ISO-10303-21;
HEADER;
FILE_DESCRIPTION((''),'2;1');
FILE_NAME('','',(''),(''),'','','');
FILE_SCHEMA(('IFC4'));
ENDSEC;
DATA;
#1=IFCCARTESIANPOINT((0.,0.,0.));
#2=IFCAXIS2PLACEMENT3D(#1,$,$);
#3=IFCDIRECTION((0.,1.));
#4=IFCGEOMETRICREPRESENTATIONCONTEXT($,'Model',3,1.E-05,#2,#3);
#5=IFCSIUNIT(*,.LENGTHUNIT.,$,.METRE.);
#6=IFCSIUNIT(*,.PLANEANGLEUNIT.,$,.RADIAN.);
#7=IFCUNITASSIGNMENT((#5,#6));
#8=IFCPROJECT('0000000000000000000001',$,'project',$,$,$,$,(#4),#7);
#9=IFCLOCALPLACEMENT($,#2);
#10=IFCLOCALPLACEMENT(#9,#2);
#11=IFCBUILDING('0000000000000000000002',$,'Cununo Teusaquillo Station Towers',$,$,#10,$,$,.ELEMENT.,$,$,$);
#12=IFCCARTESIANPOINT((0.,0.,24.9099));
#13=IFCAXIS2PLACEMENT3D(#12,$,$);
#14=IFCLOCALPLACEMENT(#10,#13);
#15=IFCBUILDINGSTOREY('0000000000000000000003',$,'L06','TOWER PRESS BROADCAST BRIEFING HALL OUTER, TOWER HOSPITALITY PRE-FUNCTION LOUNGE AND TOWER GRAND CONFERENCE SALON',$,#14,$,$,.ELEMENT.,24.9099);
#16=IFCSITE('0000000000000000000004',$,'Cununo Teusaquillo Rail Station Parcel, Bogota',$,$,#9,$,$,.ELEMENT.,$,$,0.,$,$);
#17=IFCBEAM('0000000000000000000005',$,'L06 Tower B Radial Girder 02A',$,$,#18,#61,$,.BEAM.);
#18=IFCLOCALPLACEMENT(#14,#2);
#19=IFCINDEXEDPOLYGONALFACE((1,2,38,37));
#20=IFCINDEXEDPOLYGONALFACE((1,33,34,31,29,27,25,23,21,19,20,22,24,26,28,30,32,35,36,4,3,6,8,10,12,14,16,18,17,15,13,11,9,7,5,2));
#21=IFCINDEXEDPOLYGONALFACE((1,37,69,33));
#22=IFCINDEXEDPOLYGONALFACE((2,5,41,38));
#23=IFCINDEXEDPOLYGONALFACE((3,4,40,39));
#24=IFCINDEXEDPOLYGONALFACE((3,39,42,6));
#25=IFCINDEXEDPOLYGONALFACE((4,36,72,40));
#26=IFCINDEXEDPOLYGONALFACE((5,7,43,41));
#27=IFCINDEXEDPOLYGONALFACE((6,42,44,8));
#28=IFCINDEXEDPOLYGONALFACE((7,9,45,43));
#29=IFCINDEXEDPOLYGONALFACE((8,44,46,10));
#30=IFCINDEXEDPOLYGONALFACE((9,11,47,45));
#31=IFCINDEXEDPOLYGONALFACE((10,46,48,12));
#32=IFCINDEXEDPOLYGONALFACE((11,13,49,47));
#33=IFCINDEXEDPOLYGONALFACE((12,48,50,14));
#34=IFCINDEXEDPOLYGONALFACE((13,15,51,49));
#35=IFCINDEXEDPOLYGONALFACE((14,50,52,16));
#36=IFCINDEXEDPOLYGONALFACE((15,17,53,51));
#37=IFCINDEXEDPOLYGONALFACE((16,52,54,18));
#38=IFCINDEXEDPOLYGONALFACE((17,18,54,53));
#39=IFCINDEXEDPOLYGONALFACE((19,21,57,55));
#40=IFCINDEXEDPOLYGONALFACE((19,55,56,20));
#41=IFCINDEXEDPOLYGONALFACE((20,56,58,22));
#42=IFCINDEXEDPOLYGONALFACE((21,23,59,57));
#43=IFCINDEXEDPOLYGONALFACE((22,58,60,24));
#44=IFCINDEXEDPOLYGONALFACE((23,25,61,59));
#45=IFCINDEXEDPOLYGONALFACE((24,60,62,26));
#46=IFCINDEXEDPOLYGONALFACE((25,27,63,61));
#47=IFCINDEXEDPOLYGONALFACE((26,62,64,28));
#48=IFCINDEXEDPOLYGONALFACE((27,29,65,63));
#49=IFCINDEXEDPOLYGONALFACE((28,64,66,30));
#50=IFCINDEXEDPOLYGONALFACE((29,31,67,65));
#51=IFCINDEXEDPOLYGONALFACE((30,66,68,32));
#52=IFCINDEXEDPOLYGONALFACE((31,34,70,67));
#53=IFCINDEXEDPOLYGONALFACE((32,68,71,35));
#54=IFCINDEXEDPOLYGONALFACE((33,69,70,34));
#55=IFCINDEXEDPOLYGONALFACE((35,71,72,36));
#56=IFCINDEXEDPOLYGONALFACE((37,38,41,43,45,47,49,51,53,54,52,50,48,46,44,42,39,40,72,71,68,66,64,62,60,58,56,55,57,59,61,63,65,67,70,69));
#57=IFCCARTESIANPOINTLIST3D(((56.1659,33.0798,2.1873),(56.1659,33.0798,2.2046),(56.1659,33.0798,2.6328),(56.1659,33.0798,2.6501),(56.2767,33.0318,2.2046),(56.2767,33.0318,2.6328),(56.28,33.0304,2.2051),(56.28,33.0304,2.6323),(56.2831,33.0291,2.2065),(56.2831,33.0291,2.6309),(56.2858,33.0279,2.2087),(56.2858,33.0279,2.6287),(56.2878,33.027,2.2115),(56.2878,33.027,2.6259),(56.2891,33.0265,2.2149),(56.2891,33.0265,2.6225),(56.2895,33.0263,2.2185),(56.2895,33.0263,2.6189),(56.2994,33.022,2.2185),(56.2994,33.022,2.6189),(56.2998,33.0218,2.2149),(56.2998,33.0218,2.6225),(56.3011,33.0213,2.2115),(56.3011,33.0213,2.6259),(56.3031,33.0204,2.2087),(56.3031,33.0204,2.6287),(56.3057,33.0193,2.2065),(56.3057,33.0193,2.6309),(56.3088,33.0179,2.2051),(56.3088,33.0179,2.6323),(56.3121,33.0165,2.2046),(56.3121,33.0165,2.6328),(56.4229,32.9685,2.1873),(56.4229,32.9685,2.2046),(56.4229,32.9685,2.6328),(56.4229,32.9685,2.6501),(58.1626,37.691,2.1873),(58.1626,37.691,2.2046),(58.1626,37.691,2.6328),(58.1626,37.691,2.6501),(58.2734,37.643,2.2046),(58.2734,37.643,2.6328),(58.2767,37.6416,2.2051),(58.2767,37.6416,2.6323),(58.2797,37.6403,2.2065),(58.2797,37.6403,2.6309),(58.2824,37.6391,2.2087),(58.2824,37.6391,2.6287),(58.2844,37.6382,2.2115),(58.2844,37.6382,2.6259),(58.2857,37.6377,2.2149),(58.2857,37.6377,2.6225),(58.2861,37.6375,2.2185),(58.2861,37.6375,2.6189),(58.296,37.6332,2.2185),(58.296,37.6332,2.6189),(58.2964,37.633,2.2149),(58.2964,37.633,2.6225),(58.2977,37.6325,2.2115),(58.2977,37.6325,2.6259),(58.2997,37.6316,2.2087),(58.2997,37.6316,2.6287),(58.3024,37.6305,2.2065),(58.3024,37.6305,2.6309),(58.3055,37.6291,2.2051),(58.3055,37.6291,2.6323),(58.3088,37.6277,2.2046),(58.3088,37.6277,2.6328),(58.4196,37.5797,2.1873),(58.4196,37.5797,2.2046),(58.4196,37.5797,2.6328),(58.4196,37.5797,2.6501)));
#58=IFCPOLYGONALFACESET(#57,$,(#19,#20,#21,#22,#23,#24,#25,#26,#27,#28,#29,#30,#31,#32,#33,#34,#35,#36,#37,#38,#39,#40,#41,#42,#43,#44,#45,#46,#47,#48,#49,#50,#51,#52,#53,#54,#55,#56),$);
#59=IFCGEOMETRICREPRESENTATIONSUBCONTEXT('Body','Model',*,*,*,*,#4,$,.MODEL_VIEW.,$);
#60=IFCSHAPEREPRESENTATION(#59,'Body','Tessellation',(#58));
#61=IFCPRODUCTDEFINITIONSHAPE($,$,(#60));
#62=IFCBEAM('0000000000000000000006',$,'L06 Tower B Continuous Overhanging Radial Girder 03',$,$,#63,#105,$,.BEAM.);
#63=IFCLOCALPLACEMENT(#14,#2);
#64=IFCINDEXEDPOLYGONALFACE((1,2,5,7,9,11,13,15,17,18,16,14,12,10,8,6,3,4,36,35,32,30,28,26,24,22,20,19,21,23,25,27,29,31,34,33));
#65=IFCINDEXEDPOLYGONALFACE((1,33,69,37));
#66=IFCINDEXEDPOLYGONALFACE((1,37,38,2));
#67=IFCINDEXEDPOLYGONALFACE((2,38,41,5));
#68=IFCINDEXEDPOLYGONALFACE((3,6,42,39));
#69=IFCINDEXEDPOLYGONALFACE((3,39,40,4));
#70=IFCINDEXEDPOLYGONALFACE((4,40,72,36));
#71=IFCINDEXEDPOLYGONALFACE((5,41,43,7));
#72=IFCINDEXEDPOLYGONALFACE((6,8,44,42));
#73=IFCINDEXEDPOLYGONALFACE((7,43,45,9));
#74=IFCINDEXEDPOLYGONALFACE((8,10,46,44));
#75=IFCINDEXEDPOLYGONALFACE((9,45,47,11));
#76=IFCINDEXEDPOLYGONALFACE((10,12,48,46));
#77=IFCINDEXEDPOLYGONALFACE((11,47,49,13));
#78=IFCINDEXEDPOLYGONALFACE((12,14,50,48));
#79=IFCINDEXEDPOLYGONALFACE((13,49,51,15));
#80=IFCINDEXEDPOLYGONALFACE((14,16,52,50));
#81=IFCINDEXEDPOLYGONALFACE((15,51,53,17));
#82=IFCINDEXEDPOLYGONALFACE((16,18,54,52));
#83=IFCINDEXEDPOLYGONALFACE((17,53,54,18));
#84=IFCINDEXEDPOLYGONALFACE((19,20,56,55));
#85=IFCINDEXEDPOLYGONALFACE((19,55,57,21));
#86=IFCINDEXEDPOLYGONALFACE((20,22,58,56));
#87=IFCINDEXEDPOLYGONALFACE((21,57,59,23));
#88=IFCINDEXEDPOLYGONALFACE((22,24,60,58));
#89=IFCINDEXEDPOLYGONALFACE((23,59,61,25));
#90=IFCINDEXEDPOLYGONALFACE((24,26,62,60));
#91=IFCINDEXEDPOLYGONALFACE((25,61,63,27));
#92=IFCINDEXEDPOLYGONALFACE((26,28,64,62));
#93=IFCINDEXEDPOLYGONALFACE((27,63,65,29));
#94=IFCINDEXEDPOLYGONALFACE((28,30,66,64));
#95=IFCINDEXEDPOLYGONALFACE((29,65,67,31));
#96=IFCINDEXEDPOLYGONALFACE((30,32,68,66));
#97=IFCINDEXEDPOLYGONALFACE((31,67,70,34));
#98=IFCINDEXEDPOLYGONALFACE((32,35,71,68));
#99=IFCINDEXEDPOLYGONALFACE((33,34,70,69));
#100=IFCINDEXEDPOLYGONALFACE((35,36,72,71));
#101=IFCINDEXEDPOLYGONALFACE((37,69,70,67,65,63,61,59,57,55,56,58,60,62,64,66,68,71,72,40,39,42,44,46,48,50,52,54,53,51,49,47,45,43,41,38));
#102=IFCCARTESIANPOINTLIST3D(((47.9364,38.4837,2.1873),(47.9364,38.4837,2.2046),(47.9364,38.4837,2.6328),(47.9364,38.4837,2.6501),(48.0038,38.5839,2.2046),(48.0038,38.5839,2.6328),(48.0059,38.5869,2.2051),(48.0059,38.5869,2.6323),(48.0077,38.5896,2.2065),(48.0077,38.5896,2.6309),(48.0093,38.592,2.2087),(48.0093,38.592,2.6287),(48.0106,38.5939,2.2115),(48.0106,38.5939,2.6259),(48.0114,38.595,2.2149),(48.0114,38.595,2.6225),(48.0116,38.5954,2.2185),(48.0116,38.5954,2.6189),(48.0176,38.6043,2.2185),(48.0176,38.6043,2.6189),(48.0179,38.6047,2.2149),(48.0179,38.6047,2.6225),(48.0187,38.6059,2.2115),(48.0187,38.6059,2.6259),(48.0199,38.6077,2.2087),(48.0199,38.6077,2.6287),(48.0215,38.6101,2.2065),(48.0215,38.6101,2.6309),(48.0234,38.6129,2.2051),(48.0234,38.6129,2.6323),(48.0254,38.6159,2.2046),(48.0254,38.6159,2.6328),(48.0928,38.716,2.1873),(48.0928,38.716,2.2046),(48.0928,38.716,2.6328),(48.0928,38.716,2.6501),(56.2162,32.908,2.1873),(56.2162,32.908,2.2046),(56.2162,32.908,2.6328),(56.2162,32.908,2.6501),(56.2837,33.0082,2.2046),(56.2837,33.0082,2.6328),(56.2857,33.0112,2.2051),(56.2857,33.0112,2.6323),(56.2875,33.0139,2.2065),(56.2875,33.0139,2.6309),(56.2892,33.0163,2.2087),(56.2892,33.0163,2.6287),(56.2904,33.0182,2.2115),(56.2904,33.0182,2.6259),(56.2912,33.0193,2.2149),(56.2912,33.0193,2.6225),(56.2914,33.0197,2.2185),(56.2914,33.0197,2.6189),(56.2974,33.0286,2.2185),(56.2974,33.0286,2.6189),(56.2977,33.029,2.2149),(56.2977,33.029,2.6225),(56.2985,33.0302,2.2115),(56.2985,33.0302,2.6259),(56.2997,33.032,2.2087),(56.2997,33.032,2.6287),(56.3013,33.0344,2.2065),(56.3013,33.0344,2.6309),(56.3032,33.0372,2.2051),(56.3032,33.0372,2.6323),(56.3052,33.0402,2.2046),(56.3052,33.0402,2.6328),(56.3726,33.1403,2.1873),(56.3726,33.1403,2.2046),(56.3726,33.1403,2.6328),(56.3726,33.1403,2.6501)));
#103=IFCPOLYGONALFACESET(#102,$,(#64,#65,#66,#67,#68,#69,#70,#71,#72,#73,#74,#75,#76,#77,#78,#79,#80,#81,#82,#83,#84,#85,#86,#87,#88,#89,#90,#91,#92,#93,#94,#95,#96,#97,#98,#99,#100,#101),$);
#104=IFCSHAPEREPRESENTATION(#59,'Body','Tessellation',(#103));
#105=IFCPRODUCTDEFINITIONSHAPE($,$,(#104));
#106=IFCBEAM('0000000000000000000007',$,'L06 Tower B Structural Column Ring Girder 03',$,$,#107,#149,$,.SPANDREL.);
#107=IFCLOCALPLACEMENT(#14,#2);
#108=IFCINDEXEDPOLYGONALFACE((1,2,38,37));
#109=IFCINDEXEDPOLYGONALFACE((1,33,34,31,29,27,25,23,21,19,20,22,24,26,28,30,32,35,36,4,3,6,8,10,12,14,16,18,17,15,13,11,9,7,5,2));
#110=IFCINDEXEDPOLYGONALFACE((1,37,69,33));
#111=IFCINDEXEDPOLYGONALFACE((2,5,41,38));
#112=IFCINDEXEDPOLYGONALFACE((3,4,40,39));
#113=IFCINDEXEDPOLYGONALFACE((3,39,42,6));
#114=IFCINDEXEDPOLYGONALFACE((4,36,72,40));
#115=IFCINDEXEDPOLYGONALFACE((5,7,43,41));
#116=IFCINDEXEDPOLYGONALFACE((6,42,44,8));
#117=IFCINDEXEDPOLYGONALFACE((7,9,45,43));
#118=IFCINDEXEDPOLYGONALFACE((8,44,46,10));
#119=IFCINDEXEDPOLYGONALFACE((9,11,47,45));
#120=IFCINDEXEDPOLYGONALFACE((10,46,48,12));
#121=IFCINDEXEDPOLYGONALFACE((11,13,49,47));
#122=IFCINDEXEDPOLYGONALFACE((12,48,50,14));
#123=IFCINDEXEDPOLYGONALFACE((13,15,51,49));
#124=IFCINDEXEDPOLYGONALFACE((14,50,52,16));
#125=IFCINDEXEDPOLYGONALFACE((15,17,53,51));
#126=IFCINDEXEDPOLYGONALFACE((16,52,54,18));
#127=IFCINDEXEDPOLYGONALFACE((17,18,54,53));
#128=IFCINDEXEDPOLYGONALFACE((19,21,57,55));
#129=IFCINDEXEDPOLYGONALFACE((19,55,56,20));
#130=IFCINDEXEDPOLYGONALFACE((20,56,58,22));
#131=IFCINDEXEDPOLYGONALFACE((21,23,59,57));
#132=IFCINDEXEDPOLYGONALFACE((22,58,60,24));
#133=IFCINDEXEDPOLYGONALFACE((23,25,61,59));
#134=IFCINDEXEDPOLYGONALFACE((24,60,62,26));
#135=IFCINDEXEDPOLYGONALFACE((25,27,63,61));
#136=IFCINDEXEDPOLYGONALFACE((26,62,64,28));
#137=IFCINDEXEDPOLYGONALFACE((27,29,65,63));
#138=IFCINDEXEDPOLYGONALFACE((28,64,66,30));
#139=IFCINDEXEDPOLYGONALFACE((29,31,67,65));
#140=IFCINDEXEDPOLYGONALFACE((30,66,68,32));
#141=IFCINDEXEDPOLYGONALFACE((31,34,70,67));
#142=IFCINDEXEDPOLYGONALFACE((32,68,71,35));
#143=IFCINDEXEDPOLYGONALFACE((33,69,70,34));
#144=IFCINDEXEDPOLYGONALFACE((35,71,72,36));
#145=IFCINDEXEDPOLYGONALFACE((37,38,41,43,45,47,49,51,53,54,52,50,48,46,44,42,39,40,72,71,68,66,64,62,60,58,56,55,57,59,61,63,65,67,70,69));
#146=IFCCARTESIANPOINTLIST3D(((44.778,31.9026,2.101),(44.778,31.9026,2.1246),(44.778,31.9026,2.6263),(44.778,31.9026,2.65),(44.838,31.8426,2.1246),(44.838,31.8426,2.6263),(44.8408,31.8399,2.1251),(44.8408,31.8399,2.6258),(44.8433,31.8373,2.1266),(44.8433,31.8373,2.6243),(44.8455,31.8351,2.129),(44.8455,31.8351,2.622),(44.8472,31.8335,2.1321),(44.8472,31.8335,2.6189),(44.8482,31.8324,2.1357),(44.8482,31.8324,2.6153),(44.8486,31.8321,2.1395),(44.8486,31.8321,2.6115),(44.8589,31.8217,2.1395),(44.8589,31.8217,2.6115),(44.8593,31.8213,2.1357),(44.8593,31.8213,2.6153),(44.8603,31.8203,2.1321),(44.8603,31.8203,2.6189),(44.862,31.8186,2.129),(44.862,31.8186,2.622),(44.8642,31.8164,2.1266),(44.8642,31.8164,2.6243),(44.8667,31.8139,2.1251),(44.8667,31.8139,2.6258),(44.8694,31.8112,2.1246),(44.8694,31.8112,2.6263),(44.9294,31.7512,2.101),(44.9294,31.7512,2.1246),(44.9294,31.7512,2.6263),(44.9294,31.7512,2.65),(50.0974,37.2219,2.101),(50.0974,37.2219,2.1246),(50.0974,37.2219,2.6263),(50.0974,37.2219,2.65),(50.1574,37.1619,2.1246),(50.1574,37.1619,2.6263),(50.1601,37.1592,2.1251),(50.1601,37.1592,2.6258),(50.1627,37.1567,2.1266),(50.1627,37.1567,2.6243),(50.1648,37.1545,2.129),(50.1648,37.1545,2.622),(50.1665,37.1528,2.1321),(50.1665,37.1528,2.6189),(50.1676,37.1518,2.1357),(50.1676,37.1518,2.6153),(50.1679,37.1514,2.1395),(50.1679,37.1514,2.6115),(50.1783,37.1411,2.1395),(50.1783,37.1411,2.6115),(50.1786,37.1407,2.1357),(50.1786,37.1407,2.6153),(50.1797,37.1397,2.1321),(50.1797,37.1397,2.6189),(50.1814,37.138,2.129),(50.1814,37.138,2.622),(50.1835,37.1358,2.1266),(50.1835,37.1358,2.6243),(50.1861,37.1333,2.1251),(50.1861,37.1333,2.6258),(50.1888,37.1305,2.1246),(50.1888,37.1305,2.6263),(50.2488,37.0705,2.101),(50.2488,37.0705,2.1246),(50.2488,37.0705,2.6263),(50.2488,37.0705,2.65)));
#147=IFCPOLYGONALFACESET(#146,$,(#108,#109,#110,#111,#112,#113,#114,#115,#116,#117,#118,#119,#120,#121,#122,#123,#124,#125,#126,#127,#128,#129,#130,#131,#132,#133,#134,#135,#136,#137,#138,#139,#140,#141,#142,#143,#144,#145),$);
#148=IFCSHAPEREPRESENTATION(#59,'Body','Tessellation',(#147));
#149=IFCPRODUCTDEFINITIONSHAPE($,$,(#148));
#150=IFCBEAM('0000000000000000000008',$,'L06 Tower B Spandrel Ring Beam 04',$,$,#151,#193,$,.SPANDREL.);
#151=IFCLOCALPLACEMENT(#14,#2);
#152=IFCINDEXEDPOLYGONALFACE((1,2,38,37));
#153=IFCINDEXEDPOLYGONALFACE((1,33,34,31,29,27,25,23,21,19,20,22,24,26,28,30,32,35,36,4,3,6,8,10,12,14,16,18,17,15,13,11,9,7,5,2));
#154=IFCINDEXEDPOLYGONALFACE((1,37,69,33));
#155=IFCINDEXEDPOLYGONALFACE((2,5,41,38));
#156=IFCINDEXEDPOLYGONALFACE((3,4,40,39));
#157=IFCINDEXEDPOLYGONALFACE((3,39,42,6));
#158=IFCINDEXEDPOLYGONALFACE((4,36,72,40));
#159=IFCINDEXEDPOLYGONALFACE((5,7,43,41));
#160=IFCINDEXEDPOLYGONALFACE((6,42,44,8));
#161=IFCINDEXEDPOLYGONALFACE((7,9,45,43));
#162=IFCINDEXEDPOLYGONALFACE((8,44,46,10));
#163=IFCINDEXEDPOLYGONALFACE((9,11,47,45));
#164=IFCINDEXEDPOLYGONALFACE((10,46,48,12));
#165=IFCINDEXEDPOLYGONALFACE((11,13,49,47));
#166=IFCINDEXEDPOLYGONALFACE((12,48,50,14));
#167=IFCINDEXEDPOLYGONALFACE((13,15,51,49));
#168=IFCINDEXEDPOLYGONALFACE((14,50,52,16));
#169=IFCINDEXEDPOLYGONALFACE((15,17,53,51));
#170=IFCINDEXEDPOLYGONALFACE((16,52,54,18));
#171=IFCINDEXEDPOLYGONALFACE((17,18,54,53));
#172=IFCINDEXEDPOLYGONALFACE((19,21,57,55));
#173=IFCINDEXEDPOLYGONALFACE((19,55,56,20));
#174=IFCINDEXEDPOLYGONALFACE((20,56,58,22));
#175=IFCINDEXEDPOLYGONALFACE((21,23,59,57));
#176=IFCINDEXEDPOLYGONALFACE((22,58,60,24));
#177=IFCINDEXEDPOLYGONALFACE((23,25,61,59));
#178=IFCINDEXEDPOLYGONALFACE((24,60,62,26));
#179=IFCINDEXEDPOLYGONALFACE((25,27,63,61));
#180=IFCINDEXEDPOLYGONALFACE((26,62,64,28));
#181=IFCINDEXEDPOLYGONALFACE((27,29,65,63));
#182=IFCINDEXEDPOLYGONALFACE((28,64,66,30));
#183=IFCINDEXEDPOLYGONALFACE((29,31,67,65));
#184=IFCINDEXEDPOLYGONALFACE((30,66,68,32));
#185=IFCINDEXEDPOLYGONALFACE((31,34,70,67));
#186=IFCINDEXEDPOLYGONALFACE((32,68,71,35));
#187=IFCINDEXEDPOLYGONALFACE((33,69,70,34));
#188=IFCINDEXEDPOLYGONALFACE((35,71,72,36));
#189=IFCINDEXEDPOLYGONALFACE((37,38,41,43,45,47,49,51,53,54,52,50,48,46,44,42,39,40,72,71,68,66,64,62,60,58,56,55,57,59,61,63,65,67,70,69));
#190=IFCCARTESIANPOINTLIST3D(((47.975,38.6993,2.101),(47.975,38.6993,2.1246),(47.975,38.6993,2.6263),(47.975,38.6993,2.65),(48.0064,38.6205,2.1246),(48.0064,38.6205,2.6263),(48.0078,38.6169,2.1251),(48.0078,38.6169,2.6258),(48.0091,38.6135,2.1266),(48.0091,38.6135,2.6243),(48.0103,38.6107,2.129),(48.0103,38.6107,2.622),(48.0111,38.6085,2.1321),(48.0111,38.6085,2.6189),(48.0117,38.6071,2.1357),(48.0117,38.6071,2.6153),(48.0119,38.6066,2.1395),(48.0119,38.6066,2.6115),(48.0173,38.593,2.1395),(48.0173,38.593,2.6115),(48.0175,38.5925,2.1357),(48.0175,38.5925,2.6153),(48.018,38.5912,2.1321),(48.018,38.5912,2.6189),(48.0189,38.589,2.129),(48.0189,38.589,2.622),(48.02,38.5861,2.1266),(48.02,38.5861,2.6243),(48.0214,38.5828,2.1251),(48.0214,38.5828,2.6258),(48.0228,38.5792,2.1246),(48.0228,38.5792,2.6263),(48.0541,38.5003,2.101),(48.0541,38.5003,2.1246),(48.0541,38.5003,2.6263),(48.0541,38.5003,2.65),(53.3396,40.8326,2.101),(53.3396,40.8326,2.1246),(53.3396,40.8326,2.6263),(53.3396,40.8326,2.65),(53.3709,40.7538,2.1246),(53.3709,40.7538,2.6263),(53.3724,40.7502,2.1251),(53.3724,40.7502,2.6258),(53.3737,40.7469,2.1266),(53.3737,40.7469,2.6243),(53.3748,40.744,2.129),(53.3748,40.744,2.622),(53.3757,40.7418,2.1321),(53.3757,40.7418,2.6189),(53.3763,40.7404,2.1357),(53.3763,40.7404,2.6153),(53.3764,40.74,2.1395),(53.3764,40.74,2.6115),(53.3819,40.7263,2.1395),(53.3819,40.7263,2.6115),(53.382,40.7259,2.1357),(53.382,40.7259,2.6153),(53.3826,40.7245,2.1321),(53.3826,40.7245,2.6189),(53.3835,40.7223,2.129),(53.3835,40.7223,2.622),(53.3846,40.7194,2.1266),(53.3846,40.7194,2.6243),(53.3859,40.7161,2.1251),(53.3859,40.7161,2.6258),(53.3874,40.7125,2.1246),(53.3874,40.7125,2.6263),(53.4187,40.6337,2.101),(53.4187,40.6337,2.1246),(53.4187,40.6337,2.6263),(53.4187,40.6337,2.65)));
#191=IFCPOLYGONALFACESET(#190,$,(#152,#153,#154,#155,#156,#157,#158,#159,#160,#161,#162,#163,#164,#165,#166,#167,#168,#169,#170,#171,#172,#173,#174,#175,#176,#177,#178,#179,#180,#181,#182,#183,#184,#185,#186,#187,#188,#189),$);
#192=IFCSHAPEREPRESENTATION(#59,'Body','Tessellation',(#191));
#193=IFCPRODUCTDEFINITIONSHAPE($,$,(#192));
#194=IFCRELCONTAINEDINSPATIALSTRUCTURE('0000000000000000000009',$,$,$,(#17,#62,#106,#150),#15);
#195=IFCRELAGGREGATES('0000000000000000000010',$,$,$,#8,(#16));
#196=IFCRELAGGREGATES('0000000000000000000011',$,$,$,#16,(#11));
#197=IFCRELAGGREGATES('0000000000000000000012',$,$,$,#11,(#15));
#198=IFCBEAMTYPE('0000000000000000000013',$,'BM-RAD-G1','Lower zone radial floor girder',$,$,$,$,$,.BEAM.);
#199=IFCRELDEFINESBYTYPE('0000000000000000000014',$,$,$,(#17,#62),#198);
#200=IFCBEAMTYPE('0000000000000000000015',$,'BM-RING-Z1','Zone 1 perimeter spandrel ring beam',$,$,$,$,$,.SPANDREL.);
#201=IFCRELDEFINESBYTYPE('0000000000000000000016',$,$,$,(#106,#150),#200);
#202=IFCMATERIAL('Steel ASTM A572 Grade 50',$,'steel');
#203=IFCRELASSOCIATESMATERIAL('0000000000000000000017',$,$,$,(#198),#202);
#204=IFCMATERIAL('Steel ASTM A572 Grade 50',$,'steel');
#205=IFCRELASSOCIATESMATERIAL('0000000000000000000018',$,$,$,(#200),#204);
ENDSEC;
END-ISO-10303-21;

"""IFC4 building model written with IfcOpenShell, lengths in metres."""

from ifc_helpers import new_model, si_unit, direction, frame, origin, origin_2d, place, context, subcontext, project, spatial, i_section, extrude, material, material_profile, profile_set, type_object, element, save


model = new_model("IFC4")

# Units and contexts
model_context = context("Model", 3, precision=1e-05, world=origin(), true_north=direction((0.0, 1.0)))
body_context = subcontext(model_context, "Body", "Model", "MODEL_VIEW")
ifc_project = project(units=[si_unit("LENGTHUNIT", "METRE"), si_unit("PLANEANGLEUNIT", "RADIAN")], contexts=[model_context])

# Site, building, storey
site_placement = place(None, origin())
site = spatial("IfcSite", under=ifc_project, at=site_placement, Name="Cununo Teusaquillo Rail Station Parcel, Bogota", CompositionType="ELEMENT", RefElevation=0.0)
building_placement = place(site_placement, origin())
building = spatial("IfcBuilding", under=site, at=building_placement, Name="Cununo Teusaquillo Station Towers", CompositionType="ELEMENT")
storey_placement = place(building_placement, frame((0.0, 0.0, 24.9099)))
storey = spatial("IfcBuildingStorey", under=building, at=storey_placement, Name="L06", Description="TOWER PRESS BROADCAST BRIEFING HALL OUTER, TOWER HOSPITALITY PRE-FUNCTION LOUNGE AND TOWER GRAND CONFERENCE SALON", CompositionType="ELEMENT", Elevation=24.9099)

# Beams
ifc_material_1 = material(Name="Steel ASTM A572 Grade 50", Category="steel")
ifc_material_profile_1 = material_profile(ifc_material_1, i_section(OverallWidth=0.28, OverallDepth=0.4629, WebThickness=0.0107, FlangeThickness=0.0173, FilletRadius=0.0139, at=origin_2d()), Name="W18X76")
ifc_profile_set_1 = profile_set([ifc_material_profile_1], Name="Steel ASTM A572 Grade 50")
beam_type_1 = type_object("IfcBeamType", Name="BM-RAD-G1", Description="Lower zone radial floor girder", PredefinedType="BEAM", material=ifc_profile_set_1)
beam_1_placement = place(storey_placement, frame((56.2944, 33.0242, 2.4187), z_axis=(0.397347, 0.917668, 0.0), x_axis=(-0.917668, 0.397347, 0.0)))
element("IfcBeam", 1, at=beam_1_placement, inside=storey, type_object=beam_type_1, Name="L06 Tower B Radial Girder 02A", PredefinedType="BEAM", context=body_context, shape_type="SweptSolid", body=[
    extrude(i_section(OverallWidth=0.28, OverallDepth=0.4629, WebThickness=0.0107, FlangeThickness=0.0173, FilletRadius=0.0139, at=origin_2d()), origin(), (0.0, 0.0, 1.0), 5.0249),
])
beam_2_placement = place(storey_placement, frame((56.2944, 33.0242, 2.4187), z_axis=(-0.82946, 0.558566, 0.0), x_axis=(-0.558566, -0.82946, 0.0)))
element("IfcBeam", 2, at=beam_2_placement, inside=storey, type_object=beam_type_1, Name="L06 Tower B Continuous Overhanging Radial Girder 03", PredefinedType="BEAM", context=body_context, shape_type="SweptSolid", body=[
    extrude(i_section(OverallWidth=0.28, OverallDepth=0.4629, WebThickness=0.0107, FlangeThickness=0.0173, FilletRadius=0.0139, at=origin_2d()), origin(), (0.0, 0.0, 1.0), 9.9822),
])
ifc_material_2 = material(Name="Steel ASTM A572 Grade 50", Category="steel")
ifc_material_profile_2 = material_profile(ifc_material_2, i_section(OverallWidth=0.2141, OverallDepth=0.5491, WebThickness=0.0146, FlangeThickness=0.0237, FilletRadius=0.0149, at=origin_2d()), Name="W21X93")
ifc_profile_set_2 = profile_set([ifc_material_profile_2], Name="Steel ASTM A572 Grade 50")
beam_type_2 = type_object("IfcBeamType", Name="BM-RING-Z1", Description="Zone 1 perimeter spandrel ring beam", PredefinedType="SPANDREL", material=ifc_profile_set_2)
beam_3_placement = place(storey_placement, frame((50.1731, 37.1462, 2.3755), z_axis=(-0.707107, -0.707107, 0.0), x_axis=(0.707107, -0.707107, 0.0)))
element("IfcBeam", 3, at=beam_3_placement, inside=storey, type_object=beam_type_2, Name="L06 Tower B Structural Column Ring Girder 03", PredefinedType="SPANDREL", context=body_context, shape_type="SweptSolid", body=[
    extrude(i_section(OverallWidth=0.2141, OverallDepth=0.5491, WebThickness=0.0146, FlangeThickness=0.0237, FilletRadius=0.0149, at=origin_2d()), origin(), (0.0, 0.0, 1.0), 7.5227),
])
beam_4_placement = place(storey_placement, frame((53.3792, 40.7332, 2.3755), z_axis=(-0.929221, -0.369523, 0.0), x_axis=(0.369523, -0.929221, 0.0)))
element("IfcBeam", 4, at=beam_4_placement, inside=storey, type_object=beam_type_2, Name="L06 Tower B Spandrel Ring Beam 04", PredefinedType="SPANDREL", context=body_context, shape_type="SweptSolid", body=[
    extrude(i_section(OverallWidth=0.2141, OverallDepth=0.5491, WebThickness=0.0146, FlangeThickness=0.0237, FilletRadius=0.0149, at=origin_2d()), origin(), (0.0, 0.0, 1.0), 5.7732),
])

save(model, "model.ifc")
